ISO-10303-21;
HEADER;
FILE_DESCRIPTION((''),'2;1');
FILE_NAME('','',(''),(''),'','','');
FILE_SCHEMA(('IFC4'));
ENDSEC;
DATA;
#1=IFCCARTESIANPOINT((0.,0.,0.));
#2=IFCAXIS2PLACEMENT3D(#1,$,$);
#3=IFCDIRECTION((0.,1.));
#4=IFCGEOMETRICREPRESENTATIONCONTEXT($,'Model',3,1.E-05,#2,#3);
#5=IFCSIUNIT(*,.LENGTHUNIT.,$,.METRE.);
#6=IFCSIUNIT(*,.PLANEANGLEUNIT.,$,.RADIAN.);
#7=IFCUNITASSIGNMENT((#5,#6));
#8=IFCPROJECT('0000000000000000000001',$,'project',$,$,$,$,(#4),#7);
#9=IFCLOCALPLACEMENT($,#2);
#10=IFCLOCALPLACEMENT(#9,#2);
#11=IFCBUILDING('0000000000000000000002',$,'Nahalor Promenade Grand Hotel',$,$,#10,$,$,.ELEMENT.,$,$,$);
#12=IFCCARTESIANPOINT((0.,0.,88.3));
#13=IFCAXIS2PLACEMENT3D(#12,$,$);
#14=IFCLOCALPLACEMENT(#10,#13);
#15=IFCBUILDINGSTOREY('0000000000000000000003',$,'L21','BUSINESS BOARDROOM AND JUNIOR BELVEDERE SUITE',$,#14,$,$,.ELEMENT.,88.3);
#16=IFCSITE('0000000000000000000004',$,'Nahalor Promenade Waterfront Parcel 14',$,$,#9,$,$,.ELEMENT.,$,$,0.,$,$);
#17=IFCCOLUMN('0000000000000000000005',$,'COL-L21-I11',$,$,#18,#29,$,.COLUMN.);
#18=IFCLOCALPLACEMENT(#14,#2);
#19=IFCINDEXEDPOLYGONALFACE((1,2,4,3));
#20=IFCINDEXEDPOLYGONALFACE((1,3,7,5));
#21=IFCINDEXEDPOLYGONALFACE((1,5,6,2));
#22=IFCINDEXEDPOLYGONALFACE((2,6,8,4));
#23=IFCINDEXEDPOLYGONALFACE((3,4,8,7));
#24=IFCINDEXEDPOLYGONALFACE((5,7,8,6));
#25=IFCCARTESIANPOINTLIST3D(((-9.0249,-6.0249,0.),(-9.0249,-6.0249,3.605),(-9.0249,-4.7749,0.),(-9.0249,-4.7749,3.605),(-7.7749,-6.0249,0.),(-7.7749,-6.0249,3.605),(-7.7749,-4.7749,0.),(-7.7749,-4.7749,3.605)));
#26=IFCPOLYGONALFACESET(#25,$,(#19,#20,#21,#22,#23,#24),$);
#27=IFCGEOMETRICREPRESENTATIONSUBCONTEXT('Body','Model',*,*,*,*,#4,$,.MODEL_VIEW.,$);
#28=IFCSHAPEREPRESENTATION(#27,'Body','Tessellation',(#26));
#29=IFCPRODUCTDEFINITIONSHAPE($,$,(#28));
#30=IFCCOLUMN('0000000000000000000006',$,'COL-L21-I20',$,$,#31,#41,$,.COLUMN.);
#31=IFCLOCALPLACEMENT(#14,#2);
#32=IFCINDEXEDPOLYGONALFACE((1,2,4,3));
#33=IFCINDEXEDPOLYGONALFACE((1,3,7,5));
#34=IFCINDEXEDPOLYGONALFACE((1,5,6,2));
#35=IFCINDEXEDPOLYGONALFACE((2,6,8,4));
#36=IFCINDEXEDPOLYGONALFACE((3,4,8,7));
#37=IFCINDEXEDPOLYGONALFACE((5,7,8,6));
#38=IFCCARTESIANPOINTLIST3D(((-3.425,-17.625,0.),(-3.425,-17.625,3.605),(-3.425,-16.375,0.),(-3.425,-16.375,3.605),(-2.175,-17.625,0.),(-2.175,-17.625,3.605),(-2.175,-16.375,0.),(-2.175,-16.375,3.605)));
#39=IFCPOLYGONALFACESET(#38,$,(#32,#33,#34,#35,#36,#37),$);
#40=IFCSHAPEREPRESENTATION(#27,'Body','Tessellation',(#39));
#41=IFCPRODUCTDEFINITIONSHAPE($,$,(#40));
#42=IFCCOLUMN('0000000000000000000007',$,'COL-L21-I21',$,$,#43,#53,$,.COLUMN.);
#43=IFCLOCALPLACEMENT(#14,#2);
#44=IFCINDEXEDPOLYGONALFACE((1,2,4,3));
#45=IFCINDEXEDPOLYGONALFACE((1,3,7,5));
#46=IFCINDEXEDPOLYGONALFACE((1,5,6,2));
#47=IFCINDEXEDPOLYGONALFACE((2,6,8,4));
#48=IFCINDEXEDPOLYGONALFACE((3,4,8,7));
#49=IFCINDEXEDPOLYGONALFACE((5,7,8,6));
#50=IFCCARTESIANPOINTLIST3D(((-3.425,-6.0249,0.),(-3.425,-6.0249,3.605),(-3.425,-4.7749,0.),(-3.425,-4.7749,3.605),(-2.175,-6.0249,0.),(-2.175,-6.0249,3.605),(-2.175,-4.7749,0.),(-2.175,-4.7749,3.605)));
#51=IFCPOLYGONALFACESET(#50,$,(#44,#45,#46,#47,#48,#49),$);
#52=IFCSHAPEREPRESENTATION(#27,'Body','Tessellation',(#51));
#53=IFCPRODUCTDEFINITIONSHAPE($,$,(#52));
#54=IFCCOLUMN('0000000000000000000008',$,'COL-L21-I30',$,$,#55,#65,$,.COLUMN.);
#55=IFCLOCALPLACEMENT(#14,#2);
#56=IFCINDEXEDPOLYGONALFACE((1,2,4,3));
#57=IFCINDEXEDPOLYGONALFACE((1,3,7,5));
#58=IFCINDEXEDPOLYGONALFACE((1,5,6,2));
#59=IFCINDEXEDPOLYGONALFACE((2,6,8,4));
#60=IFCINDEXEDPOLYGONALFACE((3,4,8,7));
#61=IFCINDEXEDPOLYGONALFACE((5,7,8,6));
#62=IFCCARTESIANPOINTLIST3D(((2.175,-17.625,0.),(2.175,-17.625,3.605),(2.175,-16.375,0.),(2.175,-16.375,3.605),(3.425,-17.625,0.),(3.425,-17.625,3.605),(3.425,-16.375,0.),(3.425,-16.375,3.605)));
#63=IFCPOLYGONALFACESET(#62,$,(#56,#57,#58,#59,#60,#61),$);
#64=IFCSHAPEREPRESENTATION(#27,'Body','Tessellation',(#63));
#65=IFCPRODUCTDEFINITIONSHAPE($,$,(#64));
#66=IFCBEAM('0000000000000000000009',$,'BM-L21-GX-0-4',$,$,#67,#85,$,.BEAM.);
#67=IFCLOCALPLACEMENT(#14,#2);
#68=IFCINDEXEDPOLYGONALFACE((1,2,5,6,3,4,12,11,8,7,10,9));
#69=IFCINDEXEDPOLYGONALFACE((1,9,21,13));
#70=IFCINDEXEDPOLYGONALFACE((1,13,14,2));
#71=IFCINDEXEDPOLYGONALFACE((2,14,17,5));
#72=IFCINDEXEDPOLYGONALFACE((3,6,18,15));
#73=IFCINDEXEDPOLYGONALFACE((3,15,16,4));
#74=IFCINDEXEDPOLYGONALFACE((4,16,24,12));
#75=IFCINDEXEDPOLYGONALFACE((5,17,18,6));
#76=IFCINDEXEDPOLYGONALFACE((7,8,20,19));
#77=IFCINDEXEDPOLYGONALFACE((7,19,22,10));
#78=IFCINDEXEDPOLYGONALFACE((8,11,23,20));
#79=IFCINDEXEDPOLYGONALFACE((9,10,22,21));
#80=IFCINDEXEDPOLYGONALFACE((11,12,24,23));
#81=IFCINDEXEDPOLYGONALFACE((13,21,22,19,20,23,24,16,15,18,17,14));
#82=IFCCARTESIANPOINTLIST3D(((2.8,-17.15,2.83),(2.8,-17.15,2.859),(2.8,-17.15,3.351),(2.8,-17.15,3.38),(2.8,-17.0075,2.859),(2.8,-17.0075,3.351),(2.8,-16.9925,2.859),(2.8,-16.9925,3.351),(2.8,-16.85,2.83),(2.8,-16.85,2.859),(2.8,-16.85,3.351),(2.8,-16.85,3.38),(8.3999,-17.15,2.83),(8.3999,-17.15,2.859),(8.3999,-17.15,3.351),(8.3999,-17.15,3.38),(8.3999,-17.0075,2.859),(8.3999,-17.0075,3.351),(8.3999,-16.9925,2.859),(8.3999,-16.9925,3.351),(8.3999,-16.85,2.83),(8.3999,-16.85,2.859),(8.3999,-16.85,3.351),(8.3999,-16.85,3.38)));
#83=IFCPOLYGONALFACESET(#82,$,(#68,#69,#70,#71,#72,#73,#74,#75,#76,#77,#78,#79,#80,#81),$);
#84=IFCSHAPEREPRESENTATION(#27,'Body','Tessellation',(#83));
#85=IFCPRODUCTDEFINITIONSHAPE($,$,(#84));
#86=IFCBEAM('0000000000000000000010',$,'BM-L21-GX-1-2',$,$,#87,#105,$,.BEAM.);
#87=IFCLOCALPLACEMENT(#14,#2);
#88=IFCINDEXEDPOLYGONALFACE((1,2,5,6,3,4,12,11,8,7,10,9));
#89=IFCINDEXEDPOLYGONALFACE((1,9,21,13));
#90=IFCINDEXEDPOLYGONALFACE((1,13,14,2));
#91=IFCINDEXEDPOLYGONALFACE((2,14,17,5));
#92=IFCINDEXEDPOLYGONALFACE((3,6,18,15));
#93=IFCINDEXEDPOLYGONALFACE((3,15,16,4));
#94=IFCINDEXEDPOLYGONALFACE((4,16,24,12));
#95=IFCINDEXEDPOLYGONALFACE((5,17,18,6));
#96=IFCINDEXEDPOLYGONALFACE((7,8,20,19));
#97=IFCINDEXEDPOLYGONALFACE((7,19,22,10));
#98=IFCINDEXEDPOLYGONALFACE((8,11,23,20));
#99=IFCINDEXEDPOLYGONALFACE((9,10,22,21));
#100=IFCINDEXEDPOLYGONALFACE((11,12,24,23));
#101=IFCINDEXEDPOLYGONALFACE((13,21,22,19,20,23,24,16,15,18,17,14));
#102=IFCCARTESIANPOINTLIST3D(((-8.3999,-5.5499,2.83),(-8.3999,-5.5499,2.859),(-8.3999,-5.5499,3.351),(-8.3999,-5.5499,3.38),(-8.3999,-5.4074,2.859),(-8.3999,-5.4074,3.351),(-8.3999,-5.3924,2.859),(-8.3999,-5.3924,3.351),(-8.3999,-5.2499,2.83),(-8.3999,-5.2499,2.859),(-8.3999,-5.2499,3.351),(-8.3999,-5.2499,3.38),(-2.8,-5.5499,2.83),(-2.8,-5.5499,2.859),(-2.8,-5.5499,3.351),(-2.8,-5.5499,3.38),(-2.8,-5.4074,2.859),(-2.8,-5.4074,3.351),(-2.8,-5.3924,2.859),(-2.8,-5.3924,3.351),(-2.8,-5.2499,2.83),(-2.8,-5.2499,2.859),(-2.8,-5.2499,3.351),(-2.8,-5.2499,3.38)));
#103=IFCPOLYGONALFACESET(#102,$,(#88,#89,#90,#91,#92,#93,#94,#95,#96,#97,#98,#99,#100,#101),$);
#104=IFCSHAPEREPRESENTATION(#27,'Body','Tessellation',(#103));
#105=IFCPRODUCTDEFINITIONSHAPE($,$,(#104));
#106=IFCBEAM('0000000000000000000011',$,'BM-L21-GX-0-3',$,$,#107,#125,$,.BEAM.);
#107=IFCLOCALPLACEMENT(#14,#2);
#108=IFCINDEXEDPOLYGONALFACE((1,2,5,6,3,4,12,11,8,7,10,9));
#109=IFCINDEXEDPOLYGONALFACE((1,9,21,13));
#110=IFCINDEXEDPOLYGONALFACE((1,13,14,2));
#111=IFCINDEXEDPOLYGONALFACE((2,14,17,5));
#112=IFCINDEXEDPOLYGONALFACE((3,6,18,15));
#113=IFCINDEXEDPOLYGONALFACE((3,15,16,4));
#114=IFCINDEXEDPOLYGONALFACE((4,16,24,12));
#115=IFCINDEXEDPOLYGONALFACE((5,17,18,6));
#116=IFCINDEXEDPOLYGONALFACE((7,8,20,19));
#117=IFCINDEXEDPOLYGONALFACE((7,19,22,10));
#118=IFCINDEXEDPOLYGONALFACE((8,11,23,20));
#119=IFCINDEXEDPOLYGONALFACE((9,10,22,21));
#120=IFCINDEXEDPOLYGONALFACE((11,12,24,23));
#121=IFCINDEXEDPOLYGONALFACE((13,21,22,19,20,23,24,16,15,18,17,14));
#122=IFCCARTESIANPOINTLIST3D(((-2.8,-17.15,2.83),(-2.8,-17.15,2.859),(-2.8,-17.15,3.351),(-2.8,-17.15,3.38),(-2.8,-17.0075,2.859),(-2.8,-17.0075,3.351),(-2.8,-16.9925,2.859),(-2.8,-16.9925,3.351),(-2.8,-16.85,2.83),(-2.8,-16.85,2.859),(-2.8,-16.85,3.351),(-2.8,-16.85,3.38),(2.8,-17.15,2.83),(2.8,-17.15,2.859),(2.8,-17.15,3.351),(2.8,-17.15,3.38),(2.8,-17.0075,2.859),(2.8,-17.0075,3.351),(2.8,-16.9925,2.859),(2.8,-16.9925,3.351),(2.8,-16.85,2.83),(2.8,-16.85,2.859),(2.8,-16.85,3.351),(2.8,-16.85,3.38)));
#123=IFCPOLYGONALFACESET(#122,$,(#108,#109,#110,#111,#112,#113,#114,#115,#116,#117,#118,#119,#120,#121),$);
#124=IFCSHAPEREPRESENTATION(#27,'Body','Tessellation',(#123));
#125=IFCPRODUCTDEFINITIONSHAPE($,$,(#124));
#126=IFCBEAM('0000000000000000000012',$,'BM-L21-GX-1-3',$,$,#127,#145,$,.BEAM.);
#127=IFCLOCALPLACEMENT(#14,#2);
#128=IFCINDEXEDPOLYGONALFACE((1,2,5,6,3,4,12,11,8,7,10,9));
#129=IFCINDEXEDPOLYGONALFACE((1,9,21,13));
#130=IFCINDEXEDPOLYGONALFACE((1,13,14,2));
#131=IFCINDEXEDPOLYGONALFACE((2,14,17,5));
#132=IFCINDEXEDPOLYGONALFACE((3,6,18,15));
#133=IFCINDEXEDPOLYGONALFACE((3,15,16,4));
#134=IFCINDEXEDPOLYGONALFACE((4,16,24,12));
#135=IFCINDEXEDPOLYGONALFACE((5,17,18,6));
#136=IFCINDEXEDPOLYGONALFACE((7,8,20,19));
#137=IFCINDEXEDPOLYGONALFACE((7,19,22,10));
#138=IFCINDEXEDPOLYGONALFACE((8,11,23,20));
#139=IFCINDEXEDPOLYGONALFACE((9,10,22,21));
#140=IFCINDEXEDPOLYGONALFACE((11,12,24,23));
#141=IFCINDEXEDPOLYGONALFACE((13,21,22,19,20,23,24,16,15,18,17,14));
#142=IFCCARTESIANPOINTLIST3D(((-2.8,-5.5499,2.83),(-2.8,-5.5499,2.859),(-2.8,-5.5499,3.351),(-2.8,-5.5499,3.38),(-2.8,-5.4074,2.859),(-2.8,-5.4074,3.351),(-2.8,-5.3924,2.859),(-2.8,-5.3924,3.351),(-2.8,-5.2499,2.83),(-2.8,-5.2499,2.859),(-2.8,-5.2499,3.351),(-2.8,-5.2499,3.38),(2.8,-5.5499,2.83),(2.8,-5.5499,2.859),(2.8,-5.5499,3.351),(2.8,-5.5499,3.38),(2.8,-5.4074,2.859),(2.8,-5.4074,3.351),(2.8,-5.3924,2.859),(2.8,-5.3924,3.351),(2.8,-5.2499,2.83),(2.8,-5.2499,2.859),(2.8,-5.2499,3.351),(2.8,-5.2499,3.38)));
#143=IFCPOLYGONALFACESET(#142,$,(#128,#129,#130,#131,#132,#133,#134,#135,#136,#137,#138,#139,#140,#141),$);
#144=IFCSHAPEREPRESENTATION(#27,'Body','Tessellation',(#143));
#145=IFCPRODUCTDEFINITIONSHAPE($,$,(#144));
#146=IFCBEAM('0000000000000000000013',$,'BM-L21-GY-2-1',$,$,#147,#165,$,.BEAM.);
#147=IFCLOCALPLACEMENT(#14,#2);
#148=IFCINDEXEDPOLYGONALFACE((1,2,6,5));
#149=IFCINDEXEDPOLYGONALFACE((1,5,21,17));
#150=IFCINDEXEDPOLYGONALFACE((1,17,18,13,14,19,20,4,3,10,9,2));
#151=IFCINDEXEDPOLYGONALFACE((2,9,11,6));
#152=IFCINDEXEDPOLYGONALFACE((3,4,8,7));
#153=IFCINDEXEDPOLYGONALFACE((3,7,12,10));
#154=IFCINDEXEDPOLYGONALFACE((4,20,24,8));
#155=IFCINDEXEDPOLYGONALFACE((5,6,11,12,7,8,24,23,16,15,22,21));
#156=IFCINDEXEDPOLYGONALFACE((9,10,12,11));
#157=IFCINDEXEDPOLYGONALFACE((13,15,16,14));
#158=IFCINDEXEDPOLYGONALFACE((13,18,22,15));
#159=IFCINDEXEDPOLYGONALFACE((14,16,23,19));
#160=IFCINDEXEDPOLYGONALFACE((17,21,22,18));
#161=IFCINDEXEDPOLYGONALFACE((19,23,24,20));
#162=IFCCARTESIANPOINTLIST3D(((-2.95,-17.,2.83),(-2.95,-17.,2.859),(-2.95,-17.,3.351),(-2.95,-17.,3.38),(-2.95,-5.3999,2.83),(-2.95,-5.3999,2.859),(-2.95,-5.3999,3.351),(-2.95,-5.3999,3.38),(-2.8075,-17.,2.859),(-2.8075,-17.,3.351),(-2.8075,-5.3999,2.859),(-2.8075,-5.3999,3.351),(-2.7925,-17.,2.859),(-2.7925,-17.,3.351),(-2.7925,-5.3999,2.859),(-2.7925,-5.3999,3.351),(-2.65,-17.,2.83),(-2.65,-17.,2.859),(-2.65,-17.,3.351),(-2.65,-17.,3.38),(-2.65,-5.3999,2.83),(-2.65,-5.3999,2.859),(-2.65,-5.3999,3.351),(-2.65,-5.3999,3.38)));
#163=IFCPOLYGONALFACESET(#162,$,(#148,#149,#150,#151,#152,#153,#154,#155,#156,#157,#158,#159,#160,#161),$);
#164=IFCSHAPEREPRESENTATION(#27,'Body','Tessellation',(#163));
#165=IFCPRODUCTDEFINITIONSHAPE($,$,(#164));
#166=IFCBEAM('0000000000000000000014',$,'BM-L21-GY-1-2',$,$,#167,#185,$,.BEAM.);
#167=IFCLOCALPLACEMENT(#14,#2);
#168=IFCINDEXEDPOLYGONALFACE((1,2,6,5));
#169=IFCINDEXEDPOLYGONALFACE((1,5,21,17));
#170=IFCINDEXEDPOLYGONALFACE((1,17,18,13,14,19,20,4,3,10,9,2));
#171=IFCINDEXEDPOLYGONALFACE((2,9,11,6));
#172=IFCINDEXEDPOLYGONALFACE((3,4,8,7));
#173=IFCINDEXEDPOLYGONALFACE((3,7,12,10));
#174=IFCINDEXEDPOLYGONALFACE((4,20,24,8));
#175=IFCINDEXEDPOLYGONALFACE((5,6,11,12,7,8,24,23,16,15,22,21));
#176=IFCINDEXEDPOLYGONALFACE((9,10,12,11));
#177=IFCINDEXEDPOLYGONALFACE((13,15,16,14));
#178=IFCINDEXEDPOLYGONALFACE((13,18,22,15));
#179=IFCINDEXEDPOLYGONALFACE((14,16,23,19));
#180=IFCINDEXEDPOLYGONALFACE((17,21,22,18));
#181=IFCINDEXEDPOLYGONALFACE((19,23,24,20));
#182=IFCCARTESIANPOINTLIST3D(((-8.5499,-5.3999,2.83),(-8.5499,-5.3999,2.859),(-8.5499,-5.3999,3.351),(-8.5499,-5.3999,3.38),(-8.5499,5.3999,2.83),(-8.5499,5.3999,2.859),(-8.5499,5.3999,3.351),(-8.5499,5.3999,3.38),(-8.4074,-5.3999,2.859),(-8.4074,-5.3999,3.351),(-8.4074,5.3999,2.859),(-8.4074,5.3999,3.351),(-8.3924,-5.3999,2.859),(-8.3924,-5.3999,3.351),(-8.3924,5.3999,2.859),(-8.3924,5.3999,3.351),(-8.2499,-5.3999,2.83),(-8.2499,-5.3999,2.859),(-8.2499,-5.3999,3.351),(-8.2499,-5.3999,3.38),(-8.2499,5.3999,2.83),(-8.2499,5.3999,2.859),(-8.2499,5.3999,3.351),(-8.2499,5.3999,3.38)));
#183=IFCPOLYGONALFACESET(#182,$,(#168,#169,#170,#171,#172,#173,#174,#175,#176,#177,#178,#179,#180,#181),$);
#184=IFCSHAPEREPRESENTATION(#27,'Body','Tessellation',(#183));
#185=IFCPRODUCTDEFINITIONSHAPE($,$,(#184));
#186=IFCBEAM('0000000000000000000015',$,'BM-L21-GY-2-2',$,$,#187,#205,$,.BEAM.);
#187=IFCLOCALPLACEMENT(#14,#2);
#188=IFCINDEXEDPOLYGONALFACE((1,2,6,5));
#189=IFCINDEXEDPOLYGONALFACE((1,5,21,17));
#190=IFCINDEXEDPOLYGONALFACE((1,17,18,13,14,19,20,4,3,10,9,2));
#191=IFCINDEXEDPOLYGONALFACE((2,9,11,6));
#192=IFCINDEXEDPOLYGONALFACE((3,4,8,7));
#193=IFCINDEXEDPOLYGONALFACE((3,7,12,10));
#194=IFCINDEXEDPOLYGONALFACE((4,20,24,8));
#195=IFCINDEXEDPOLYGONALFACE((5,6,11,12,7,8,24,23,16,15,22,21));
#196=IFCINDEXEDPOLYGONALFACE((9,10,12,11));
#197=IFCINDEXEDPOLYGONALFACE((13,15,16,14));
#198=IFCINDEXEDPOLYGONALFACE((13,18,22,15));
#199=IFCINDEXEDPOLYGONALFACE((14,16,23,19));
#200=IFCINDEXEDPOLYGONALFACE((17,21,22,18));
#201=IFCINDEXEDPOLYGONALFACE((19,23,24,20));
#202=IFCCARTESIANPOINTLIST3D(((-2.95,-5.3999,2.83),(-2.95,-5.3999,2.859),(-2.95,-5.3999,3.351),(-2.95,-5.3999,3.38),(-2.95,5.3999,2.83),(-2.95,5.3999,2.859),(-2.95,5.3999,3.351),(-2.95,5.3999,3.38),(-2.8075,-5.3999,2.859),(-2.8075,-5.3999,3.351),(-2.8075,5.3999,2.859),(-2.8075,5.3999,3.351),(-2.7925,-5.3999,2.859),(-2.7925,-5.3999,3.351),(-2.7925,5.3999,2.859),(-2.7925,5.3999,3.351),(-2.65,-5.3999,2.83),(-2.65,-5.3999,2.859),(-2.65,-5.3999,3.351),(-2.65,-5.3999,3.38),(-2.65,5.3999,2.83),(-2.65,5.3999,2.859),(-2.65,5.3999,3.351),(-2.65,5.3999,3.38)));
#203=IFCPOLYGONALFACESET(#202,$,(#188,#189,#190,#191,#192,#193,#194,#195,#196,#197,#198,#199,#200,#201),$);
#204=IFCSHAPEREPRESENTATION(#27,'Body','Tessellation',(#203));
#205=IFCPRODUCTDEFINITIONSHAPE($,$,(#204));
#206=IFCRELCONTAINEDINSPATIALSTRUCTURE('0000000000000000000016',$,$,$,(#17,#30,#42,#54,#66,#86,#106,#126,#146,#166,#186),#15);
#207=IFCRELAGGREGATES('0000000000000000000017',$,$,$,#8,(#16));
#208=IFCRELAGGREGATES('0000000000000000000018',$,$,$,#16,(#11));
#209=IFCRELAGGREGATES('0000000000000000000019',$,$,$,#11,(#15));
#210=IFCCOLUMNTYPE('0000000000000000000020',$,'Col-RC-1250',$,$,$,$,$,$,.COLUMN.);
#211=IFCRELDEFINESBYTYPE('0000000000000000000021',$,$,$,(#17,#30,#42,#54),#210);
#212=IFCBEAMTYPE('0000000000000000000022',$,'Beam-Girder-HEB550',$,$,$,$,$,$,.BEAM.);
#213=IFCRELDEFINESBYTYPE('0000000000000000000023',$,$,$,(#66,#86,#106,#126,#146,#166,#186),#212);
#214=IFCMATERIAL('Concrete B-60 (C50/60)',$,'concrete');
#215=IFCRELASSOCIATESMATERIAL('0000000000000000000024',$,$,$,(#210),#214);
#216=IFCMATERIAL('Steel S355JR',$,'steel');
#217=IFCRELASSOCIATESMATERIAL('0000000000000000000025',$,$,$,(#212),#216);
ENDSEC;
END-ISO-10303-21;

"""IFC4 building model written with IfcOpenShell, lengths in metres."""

from ifc_helpers import new_model, si_unit, direction, frame, origin, origin_2d, place, context, subcontext, project, spatial, rectangle, i_section, extrude, source, transform, mapped, material, material_profile, profile_set, type_object, element, save


model = new_model("IFC4")

# Units and contexts
model_context = context("Model", 3, precision=1e-05, world=origin(), true_north=direction((0.0, 1.0)))
body_context = subcontext(model_context, "Body", "Model", "MODEL_VIEW")
ifc_project = project(units=[si_unit("LENGTHUNIT", "METRE"), si_unit("PLANEANGLEUNIT", "RADIAN")], contexts=[model_context])

# Site, building, storey
site_placement = place(None, origin())
site = spatial("IfcSite", under=ifc_project, at=site_placement, Name="Nahalor Promenade Waterfront Parcel 14", CompositionType="ELEMENT", RefElevation=0.0)
building_placement = place(site_placement, origin())
building = spatial("IfcBuilding", under=site, at=building_placement, Name="Nahalor Promenade Grand Hotel", CompositionType="ELEMENT")
storey_placement = place(building_placement, frame((0.0, 0.0, 88.3)))
storey = spatial("IfcBuildingStorey", under=building, at=storey_placement, Name="L21", Description="BUSINESS BOARDROOM AND JUNIOR BELVEDERE SUITE", CompositionType="ELEMENT", Elevation=88.3)

# Columns
ifc_material_1 = material(Name="Concrete B-60 (C50/60)", Category="concrete")
ifc_material_profile_1 = material_profile(ifc_material_1, rectangle(XDim=1.25, YDim=1.25, at=origin_2d()), Name="RC 1250x1250")
ifc_profile_set_1 = profile_set([ifc_material_profile_1], Name="Concrete B-60 (C50/60)")
column_type = type_object("IfcColumnType", Name="Col-RC-1250", PredefinedType="COLUMN", material=ifc_profile_set_1)
shared_shape_1 = source(origin(), body_context, "Body", "SweptSolid", [
    extrude(rectangle(XDim=1.25, YDim=1.25, at=origin_2d()), origin(), (0.0, 0.0, 1.0), 3.605),
])
for number, where, z_axis, x_axis, name in (
    (1, (-8.3999, -5.3999, 0.0), (0.0, 0.0, 1.0), (1.0, 0.0, 0.0), "COL-L21-I11"),
    (2, (-2.8, -17.0, 0.0), (0.0, 0.0, 1.0), (1.0, 0.0, 0.0), "COL-L21-I20"),
    (3, (-2.8, -5.3999, 0.0), (0.0, 0.0, 1.0), (1.0, 0.0, 0.0), "COL-L21-I21"),
    (4, (2.8, -17.0, 0.0), (0.0, 0.0, 1.0), (1.0, 0.0, 0.0), "COL-L21-I30"),
):
    element("IfcColumn", number, at=place(storey_placement, frame(where, z_axis=z_axis, x_axis=x_axis)), inside=storey, type_object=column_type, Name=name, PredefinedType="COLUMN", context=body_context, shape_type="MappedRepresentation", body=[
        mapped(shared_shape_1, transform((0.0, 0.0, 0.0), scale=1.0)),
    ])

# Beams
ifc_material_2 = material(Name="Steel S355JR", Category="steel")
ifc_material_profile_2 = material_profile(ifc_material_2, i_section(OverallWidth=0.3, OverallDepth=0.55, WebThickness=0.015, FlangeThickness=0.029, at=origin_2d()), Name="HEB 550")
ifc_profile_set_2 = profile_set([ifc_material_profile_2], Name="Steel S355JR")
beam_type = type_object("IfcBeamType", Name="Beam-Girder-HEB550", PredefinedType="BEAM", material=ifc_profile_set_2)
shared_shape_2 = source(origin(), body_context, "Body", "SweptSolid", [
    extrude(i_section(OverallWidth=0.3, OverallDepth=0.55, WebThickness=0.015, FlangeThickness=0.029, at=origin_2d()), origin(), (0.0, 0.0, 1.0), 5.5999),
])
for number, where, z_axis, x_axis, name in (
    (5, (2.8, -17.0, 3.105), (1.0, 0.0, 0.0), (0.0, 1.0, 0.0), "BM-L21-GX-0-4"),
    (6, (-8.3999, -5.3999, 3.105), (1.0, 0.0, 0.0), (0.0, 1.0, 0.0), "BM-L21-GX-1-2"),
):
    element("IfcBeam", number, at=place(storey_placement, frame(where, z_axis=z_axis, x_axis=x_axis)), inside=storey, type_object=beam_type, Name=name, PredefinedType="BEAM", context=body_context, shape_type="MappedRepresentation", body=[
        mapped(shared_shape_2, transform((0.0, 0.0, 0.0), scale=1.0)),
    ])
shared_shape_3 = source(origin(), body_context, "Body", "SweptSolid", [
    extrude(i_section(OverallWidth=0.3, OverallDepth=0.55, WebThickness=0.015, FlangeThickness=0.029, at=origin_2d()), origin(), (0.0, 0.0, 1.0), 5.6001),
])
for number, where, z_axis, x_axis, name in (
    (7, (-2.8, -17.0, 3.105), (1.0, 0.0, 0.0), (0.0, 1.0, 0.0), "BM-L21-GX-0-3"),
    (8, (-2.8, -5.3999, 3.105), (1.0, 0.0, 0.0), (0.0, 1.0, 0.0), "BM-L21-GX-1-3"),
):
    element("IfcBeam", number, at=place(storey_placement, frame(where, z_axis=z_axis, x_axis=x_axis)), inside=storey, type_object=beam_type, Name=name, PredefinedType="BEAM", context=body_context, shape_type="MappedRepresentation", body=[
        mapped(shared_shape_3, transform((0.0, 0.0, 0.0), scale=1.0)),
    ])
shared_shape_4 = source(origin(), body_context, "Body", "SweptSolid", [
    extrude(i_section(OverallWidth=0.3, OverallDepth=0.55, WebThickness=0.015, FlangeThickness=0.029, at=origin_2d()), origin(), (0.0, 0.0, 1.0), 11.6001),
])
beam_placement = place(storey_placement, frame((-2.8, -17.0, 3.105), z_axis=(0.0, 1.0, 0.0), x_axis=(-1.0, 0.0, 0.0)))
element("IfcBeam", 9, at=beam_placement, inside=storey, type_object=beam_type, Name="BM-L21-GY-2-1", PredefinedType="BEAM", context=body_context, shape_type="MappedRepresentation", body=[
    mapped(shared_shape_4, transform((0.0, 0.0, 0.0), scale=1.0)),
])
shared_shape_5 = source(origin(), body_context, "Body", "SweptSolid", [
    extrude(i_section(OverallWidth=0.3, OverallDepth=0.55, WebThickness=0.015, FlangeThickness=0.029, at=origin_2d()), origin(), (0.0, 0.0, 1.0), 10.7998),
])
for number, where, z_axis, x_axis, name in (
    (10, (-8.3999, -5.3999, 3.105), (0.0, 1.0, 0.0), (-1.0, 0.0, 0.0), "BM-L21-GY-1-2"),
    (11, (-2.8, -5.3999, 3.105), (0.0, 1.0, 0.0), (-1.0, 0.0, 0.0), "BM-L21-GY-2-2"),
):
    element("IfcBeam", number, at=place(storey_placement, frame(where, z_axis=z_axis, x_axis=x_axis)), inside=storey, type_object=beam_type, Name=name, PredefinedType="BEAM", context=body_context, shape_type="MappedRepresentation", body=[
        mapped(shared_shape_5, transform((0.0, 0.0, 0.0), scale=1.0)),
    ])

save(model, "model.ifc")
